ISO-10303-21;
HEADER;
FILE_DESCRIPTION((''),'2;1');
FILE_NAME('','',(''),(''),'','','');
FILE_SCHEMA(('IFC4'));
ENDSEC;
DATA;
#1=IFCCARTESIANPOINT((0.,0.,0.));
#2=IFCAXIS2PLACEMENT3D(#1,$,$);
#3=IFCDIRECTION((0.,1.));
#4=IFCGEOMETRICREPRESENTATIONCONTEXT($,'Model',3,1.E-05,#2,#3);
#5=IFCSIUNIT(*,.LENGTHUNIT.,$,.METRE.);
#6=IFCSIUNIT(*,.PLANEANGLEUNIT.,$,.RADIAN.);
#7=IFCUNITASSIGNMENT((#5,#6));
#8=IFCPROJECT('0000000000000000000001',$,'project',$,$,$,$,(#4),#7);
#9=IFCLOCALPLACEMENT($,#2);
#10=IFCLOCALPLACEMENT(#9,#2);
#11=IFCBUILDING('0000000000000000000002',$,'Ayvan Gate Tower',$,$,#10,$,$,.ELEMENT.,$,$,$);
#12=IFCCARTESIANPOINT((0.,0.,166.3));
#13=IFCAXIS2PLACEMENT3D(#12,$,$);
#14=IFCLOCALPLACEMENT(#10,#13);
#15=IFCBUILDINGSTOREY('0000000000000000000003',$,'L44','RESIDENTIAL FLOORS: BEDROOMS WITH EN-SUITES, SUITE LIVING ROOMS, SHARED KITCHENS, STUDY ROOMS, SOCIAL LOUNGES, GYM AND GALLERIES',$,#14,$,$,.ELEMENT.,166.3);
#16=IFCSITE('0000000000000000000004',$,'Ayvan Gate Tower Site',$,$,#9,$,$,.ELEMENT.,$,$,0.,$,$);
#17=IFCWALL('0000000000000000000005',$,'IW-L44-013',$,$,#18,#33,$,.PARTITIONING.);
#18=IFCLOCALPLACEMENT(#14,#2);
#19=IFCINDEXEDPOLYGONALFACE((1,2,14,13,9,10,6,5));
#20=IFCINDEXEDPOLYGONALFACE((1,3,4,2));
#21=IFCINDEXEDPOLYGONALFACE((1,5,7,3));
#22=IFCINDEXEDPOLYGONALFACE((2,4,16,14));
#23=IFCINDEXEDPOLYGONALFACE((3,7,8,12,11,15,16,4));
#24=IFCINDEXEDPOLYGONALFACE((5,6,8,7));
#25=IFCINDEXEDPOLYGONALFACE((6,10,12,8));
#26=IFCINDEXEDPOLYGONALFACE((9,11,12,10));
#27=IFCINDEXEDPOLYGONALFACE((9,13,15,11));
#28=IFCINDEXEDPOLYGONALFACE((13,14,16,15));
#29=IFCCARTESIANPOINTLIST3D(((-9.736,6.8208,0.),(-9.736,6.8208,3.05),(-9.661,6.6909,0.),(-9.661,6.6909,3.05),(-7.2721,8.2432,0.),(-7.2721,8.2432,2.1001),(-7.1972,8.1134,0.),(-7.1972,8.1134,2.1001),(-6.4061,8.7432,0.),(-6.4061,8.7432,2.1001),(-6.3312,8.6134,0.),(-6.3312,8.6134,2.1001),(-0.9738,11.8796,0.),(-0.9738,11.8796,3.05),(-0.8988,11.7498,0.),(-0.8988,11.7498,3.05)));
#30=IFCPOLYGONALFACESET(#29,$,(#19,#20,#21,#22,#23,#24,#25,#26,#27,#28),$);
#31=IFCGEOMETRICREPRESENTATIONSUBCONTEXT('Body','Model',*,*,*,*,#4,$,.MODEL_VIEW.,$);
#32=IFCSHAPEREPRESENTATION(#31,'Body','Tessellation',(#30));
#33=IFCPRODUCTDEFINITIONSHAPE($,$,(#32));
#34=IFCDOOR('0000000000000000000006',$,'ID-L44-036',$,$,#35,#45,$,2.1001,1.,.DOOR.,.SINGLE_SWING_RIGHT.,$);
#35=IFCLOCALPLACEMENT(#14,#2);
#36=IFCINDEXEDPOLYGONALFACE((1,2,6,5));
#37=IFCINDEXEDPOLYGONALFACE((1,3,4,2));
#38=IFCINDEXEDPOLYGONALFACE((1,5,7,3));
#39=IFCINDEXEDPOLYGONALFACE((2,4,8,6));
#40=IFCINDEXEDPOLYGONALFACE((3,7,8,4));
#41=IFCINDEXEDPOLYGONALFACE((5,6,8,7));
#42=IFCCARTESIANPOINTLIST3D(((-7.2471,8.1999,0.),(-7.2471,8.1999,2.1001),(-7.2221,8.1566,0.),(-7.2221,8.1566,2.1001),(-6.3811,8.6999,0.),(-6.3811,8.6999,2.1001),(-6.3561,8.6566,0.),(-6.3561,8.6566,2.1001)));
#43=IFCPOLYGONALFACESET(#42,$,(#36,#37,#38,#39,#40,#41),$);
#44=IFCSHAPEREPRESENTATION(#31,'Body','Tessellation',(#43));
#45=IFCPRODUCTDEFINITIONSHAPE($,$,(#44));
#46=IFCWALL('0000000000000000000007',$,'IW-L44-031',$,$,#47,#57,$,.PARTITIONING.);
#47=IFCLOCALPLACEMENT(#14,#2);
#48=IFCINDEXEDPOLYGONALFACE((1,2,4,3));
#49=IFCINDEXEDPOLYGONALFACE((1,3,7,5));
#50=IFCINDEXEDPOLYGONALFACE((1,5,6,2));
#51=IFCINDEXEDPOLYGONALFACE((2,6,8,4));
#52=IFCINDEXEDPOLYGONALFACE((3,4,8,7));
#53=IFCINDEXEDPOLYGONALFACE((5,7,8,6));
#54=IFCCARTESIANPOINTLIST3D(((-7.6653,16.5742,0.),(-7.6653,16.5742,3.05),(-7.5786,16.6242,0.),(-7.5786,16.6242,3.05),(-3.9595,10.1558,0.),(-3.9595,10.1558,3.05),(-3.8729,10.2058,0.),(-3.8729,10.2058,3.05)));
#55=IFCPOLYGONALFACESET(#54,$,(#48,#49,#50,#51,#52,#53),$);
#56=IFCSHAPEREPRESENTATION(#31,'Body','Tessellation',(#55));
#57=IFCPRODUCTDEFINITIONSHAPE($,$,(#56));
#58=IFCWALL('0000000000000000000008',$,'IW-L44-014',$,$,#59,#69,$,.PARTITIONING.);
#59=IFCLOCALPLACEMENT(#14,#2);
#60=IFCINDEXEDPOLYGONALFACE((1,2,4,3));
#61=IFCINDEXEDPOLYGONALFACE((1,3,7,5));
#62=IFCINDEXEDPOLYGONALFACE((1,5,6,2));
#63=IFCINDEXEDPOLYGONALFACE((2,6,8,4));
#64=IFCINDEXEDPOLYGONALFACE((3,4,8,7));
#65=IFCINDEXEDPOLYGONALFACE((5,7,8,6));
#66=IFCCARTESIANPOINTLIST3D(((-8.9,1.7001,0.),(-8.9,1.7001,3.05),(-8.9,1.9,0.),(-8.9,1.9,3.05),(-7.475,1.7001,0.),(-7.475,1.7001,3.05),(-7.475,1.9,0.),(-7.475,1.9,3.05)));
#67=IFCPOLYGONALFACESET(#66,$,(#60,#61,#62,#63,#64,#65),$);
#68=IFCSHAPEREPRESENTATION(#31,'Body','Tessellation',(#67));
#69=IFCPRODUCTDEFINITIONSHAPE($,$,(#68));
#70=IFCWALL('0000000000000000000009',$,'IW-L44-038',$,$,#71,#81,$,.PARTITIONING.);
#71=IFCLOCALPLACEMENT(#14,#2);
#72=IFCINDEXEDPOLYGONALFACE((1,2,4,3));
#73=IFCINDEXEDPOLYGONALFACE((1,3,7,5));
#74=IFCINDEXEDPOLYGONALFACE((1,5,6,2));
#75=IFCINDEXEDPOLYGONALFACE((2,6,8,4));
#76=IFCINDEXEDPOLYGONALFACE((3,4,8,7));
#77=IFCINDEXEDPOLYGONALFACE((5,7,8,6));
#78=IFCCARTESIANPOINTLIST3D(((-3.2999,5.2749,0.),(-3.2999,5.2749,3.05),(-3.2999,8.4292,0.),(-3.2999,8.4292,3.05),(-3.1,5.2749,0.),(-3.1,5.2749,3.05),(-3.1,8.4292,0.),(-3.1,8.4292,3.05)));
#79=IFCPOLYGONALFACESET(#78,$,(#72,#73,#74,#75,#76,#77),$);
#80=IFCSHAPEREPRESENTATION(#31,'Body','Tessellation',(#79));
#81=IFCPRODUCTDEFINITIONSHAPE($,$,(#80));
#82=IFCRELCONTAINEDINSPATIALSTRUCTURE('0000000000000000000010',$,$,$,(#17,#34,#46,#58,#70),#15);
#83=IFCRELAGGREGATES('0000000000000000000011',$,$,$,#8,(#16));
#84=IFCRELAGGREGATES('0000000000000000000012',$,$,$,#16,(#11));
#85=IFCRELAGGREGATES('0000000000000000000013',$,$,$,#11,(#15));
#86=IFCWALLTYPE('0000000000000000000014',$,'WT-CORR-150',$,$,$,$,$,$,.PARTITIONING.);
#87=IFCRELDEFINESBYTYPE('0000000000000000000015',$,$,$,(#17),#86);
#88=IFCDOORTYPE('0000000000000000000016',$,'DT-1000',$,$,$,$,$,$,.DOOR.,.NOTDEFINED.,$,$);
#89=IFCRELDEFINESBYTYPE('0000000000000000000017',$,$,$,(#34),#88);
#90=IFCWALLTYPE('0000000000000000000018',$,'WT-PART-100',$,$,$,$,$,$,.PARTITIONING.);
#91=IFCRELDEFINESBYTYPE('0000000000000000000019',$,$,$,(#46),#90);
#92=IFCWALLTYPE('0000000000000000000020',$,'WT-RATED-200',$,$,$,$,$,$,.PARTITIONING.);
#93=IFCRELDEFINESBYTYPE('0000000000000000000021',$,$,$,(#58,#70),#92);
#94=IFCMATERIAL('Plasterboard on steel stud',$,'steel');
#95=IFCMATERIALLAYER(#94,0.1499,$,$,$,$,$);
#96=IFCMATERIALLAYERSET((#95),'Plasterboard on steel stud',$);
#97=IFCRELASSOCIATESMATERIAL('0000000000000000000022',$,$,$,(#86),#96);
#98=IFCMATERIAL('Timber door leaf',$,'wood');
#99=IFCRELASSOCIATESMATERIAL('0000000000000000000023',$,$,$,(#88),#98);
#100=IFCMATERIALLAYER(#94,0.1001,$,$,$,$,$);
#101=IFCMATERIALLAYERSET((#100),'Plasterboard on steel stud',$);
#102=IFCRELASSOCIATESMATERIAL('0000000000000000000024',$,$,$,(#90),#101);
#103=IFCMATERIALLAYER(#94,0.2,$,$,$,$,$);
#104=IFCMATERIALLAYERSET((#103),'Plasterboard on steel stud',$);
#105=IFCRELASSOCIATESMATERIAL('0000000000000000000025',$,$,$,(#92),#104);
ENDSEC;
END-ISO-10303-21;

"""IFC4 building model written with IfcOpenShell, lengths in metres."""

from ifc_helpers import new_model, si_unit, direction, frame, frame_2d, origin, place, context, subcontext, project, spatial, rectangle, extrude, material, layer, layer_set, type_object, element, fill, save


model = new_model("IFC4")

# Units and contexts
model_context = context("Model", 3, precision=1e-05, world=origin(), true_north=direction((0.0, 1.0)))
body_context = subcontext(model_context, "Body", "Model", "MODEL_VIEW")
ifc_project = project(units=[si_unit("LENGTHUNIT", "METRE"), si_unit("PLANEANGLEUNIT", "RADIAN")], contexts=[model_context])

# Site, building, storey
site_placement = place(None, origin())
site = spatial("IfcSite", under=ifc_project, at=site_placement, Name="Ayvan Gate Tower Site", CompositionType="ELEMENT", RefElevation=0.0)
building_placement = place(site_placement, origin())
building = spatial("IfcBuilding", under=site, at=building_placement, Name="Ayvan Gate Tower", CompositionType="ELEMENT")
storey_placement = place(building_placement, frame((0.0, 0.0, 166.3)))
storey = spatial("IfcBuildingStorey", under=building, at=storey_placement, Name="L44", Description="RESIDENTIAL FLOORS: BEDROOMS WITH EN-SUITES, SUITE LIVING ROOMS, SHARED KITCHENS, STUDY ROOMS, SOCIAL LOUNGES, GYM AND GALLERIES", CompositionType="ELEMENT", Elevation=166.3)

# Shared definitions
ifc_material_1 = material(Name="Timber door leaf", Category="wood")

# Wall, opening, door
ifc_material_2 = material(Name="Plasterboard on steel stud", Category="steel")
ifc_layer_1 = layer(ifc_material_2, 0.1499)
ifc_layer_set_1 = layer_set([ifc_layer_1], Name="Plasterboard on steel stud")
wall_type_1 = type_object("IfcWallType", Name="WT-CORR-150", PredefinedType="PARTITIONING", material=ifc_layer_set_1)
wall_1_placement = place(storey_placement, frame((-9.6985, 6.7559, 0.0), z_axis=(0.0, 0.0, 1.0), x_axis=(0.866026, 0.499998, 0.0)))
wall_1 = element("IfcWall", 1, at=wall_1_placement, inside=storey, type_object=wall_type_1, Name="IW-L44-013", PredefinedType="PARTITIONING", context=body_context, shape_type="SweptSolid", body=[
    extrude(rectangle(XDim=10.1177, YDim=0.1499, at=frame_2d((5.0588, 0.0))), origin(), (0.0, 0.0, 1.0), 3.05),
])
opening_1_placement = place(wall_1_placement, frame((2.845, 0.0, 0.0)))
opening_1 = element("IfcOpeningElement", 2, at=opening_1_placement, cuts=wall_1, PredefinedType="OPENING", context=body_context, shape_type="SweptSolid", body=[
    extrude(rectangle(XDim=1.0, YDim=2.1001, at=frame_2d((0.5, 1.05))), frame((0.0, 0.085, 0.0), z_axis=(0.0, -1.0, 0.0), x_axis=(1.0, 0.0, 0.0)), (0.0, 0.0, 1.0), 0.1699),
])
door_type_1 = type_object("IfcDoorType", Name="DT-1000", OperationType="NOTDEFINED", PredefinedType="DOOR", material=ifc_material_1)
door_1_placement = place(opening_1_placement, origin())
door_1 = element("IfcDoor", 3, at=door_1_placement, inside=storey, type_object=door_type_1, Name="ID-L44-036", OperationType="SINGLE_SWING_RIGHT", OverallHeight=2.1001, OverallWidth=1.0, PredefinedType="DOOR", context=body_context, shape_type="SweptSolid", body=[
    extrude(rectangle(XDim=1.0, YDim=2.1001, at=frame_2d((0.5, 1.05))), frame((0.0, 0.0249, 0.0), z_axis=(0.0, -1.0, 0.0), x_axis=(1.0, 0.0, 0.0)), (0.0, 0.0, 1.0), 0.05),
])
fill(opening_1, door_1)

# Walls
ifc_layer_2 = layer(ifc_material_2, 0.1001)
ifc_layer_set_2 = layer_set([ifc_layer_2], Name="Plasterboard on steel stud")
wall_type_2 = type_object("IfcWallType", Name="WT-PART-100", PredefinedType="PARTITIONING", material=ifc_layer_set_2)
wall_2_placement = place(storey_placement, frame((-3.9163, 10.1809, 0.0), z_axis=(0.0, 0.0, 1.0), x_axis=(-0.500011, 0.866019, 0.0)))
element("IfcWall", 4, at=wall_2_placement, inside=storey, type_object=wall_type_2, Name="IW-L44-031", PredefinedType="PARTITIONING", context=body_context, shape_type="SweptSolid", body=[
    extrude(rectangle(XDim=7.4114, YDim=0.1001, at=frame_2d((3.7056, 0.0))), origin(), (0.0, 0.0, 1.0), 3.05),
])
ifc_layer_3 = layer(ifc_material_2, 0.2)
ifc_layer_set_3 = layer_set([ifc_layer_3], Name="Plasterboard on steel stud")
wall_type_3 = type_object("IfcWallType", Name="WT-RATED-200", PredefinedType="PARTITIONING", material=ifc_layer_set_3)
wall_3_placement = place(storey_placement, frame((-8.8999, 1.8, 0.0), z_axis=(0.0, 0.0, 1.0), x_axis=(1.0, 0.0, 0.0)))
element("IfcWall", 5, at=wall_3_placement, inside=storey, type_object=wall_type_3, Name="IW-L44-014", PredefinedType="PARTITIONING", context=body_context, shape_type="SweptSolid", body=[
    extrude(rectangle(XDim=1.425, YDim=0.2, at=frame_2d((0.7124, 0.0))), origin(), (0.0, 0.0, 1.0), 3.05),
])
wall_4_placement = place(storey_placement, frame((-3.2, 8.4292, 0.0), z_axis=(0.0, 0.0, 1.0), x_axis=(0.0, -1.0, 0.0)))
element("IfcWall", 6, at=wall_4_placement, inside=storey, type_object=wall_type_3, Name="IW-L44-038", PredefinedType="PARTITIONING", context=body_context, shape_type="SweptSolid", body=[
    extrude(rectangle(XDim=3.1543, YDim=0.2, at=frame_2d((1.5771, 0.0))), origin(), (0.0, 0.0, 1.0), 3.05),
])

save(model, "model.ifc")
